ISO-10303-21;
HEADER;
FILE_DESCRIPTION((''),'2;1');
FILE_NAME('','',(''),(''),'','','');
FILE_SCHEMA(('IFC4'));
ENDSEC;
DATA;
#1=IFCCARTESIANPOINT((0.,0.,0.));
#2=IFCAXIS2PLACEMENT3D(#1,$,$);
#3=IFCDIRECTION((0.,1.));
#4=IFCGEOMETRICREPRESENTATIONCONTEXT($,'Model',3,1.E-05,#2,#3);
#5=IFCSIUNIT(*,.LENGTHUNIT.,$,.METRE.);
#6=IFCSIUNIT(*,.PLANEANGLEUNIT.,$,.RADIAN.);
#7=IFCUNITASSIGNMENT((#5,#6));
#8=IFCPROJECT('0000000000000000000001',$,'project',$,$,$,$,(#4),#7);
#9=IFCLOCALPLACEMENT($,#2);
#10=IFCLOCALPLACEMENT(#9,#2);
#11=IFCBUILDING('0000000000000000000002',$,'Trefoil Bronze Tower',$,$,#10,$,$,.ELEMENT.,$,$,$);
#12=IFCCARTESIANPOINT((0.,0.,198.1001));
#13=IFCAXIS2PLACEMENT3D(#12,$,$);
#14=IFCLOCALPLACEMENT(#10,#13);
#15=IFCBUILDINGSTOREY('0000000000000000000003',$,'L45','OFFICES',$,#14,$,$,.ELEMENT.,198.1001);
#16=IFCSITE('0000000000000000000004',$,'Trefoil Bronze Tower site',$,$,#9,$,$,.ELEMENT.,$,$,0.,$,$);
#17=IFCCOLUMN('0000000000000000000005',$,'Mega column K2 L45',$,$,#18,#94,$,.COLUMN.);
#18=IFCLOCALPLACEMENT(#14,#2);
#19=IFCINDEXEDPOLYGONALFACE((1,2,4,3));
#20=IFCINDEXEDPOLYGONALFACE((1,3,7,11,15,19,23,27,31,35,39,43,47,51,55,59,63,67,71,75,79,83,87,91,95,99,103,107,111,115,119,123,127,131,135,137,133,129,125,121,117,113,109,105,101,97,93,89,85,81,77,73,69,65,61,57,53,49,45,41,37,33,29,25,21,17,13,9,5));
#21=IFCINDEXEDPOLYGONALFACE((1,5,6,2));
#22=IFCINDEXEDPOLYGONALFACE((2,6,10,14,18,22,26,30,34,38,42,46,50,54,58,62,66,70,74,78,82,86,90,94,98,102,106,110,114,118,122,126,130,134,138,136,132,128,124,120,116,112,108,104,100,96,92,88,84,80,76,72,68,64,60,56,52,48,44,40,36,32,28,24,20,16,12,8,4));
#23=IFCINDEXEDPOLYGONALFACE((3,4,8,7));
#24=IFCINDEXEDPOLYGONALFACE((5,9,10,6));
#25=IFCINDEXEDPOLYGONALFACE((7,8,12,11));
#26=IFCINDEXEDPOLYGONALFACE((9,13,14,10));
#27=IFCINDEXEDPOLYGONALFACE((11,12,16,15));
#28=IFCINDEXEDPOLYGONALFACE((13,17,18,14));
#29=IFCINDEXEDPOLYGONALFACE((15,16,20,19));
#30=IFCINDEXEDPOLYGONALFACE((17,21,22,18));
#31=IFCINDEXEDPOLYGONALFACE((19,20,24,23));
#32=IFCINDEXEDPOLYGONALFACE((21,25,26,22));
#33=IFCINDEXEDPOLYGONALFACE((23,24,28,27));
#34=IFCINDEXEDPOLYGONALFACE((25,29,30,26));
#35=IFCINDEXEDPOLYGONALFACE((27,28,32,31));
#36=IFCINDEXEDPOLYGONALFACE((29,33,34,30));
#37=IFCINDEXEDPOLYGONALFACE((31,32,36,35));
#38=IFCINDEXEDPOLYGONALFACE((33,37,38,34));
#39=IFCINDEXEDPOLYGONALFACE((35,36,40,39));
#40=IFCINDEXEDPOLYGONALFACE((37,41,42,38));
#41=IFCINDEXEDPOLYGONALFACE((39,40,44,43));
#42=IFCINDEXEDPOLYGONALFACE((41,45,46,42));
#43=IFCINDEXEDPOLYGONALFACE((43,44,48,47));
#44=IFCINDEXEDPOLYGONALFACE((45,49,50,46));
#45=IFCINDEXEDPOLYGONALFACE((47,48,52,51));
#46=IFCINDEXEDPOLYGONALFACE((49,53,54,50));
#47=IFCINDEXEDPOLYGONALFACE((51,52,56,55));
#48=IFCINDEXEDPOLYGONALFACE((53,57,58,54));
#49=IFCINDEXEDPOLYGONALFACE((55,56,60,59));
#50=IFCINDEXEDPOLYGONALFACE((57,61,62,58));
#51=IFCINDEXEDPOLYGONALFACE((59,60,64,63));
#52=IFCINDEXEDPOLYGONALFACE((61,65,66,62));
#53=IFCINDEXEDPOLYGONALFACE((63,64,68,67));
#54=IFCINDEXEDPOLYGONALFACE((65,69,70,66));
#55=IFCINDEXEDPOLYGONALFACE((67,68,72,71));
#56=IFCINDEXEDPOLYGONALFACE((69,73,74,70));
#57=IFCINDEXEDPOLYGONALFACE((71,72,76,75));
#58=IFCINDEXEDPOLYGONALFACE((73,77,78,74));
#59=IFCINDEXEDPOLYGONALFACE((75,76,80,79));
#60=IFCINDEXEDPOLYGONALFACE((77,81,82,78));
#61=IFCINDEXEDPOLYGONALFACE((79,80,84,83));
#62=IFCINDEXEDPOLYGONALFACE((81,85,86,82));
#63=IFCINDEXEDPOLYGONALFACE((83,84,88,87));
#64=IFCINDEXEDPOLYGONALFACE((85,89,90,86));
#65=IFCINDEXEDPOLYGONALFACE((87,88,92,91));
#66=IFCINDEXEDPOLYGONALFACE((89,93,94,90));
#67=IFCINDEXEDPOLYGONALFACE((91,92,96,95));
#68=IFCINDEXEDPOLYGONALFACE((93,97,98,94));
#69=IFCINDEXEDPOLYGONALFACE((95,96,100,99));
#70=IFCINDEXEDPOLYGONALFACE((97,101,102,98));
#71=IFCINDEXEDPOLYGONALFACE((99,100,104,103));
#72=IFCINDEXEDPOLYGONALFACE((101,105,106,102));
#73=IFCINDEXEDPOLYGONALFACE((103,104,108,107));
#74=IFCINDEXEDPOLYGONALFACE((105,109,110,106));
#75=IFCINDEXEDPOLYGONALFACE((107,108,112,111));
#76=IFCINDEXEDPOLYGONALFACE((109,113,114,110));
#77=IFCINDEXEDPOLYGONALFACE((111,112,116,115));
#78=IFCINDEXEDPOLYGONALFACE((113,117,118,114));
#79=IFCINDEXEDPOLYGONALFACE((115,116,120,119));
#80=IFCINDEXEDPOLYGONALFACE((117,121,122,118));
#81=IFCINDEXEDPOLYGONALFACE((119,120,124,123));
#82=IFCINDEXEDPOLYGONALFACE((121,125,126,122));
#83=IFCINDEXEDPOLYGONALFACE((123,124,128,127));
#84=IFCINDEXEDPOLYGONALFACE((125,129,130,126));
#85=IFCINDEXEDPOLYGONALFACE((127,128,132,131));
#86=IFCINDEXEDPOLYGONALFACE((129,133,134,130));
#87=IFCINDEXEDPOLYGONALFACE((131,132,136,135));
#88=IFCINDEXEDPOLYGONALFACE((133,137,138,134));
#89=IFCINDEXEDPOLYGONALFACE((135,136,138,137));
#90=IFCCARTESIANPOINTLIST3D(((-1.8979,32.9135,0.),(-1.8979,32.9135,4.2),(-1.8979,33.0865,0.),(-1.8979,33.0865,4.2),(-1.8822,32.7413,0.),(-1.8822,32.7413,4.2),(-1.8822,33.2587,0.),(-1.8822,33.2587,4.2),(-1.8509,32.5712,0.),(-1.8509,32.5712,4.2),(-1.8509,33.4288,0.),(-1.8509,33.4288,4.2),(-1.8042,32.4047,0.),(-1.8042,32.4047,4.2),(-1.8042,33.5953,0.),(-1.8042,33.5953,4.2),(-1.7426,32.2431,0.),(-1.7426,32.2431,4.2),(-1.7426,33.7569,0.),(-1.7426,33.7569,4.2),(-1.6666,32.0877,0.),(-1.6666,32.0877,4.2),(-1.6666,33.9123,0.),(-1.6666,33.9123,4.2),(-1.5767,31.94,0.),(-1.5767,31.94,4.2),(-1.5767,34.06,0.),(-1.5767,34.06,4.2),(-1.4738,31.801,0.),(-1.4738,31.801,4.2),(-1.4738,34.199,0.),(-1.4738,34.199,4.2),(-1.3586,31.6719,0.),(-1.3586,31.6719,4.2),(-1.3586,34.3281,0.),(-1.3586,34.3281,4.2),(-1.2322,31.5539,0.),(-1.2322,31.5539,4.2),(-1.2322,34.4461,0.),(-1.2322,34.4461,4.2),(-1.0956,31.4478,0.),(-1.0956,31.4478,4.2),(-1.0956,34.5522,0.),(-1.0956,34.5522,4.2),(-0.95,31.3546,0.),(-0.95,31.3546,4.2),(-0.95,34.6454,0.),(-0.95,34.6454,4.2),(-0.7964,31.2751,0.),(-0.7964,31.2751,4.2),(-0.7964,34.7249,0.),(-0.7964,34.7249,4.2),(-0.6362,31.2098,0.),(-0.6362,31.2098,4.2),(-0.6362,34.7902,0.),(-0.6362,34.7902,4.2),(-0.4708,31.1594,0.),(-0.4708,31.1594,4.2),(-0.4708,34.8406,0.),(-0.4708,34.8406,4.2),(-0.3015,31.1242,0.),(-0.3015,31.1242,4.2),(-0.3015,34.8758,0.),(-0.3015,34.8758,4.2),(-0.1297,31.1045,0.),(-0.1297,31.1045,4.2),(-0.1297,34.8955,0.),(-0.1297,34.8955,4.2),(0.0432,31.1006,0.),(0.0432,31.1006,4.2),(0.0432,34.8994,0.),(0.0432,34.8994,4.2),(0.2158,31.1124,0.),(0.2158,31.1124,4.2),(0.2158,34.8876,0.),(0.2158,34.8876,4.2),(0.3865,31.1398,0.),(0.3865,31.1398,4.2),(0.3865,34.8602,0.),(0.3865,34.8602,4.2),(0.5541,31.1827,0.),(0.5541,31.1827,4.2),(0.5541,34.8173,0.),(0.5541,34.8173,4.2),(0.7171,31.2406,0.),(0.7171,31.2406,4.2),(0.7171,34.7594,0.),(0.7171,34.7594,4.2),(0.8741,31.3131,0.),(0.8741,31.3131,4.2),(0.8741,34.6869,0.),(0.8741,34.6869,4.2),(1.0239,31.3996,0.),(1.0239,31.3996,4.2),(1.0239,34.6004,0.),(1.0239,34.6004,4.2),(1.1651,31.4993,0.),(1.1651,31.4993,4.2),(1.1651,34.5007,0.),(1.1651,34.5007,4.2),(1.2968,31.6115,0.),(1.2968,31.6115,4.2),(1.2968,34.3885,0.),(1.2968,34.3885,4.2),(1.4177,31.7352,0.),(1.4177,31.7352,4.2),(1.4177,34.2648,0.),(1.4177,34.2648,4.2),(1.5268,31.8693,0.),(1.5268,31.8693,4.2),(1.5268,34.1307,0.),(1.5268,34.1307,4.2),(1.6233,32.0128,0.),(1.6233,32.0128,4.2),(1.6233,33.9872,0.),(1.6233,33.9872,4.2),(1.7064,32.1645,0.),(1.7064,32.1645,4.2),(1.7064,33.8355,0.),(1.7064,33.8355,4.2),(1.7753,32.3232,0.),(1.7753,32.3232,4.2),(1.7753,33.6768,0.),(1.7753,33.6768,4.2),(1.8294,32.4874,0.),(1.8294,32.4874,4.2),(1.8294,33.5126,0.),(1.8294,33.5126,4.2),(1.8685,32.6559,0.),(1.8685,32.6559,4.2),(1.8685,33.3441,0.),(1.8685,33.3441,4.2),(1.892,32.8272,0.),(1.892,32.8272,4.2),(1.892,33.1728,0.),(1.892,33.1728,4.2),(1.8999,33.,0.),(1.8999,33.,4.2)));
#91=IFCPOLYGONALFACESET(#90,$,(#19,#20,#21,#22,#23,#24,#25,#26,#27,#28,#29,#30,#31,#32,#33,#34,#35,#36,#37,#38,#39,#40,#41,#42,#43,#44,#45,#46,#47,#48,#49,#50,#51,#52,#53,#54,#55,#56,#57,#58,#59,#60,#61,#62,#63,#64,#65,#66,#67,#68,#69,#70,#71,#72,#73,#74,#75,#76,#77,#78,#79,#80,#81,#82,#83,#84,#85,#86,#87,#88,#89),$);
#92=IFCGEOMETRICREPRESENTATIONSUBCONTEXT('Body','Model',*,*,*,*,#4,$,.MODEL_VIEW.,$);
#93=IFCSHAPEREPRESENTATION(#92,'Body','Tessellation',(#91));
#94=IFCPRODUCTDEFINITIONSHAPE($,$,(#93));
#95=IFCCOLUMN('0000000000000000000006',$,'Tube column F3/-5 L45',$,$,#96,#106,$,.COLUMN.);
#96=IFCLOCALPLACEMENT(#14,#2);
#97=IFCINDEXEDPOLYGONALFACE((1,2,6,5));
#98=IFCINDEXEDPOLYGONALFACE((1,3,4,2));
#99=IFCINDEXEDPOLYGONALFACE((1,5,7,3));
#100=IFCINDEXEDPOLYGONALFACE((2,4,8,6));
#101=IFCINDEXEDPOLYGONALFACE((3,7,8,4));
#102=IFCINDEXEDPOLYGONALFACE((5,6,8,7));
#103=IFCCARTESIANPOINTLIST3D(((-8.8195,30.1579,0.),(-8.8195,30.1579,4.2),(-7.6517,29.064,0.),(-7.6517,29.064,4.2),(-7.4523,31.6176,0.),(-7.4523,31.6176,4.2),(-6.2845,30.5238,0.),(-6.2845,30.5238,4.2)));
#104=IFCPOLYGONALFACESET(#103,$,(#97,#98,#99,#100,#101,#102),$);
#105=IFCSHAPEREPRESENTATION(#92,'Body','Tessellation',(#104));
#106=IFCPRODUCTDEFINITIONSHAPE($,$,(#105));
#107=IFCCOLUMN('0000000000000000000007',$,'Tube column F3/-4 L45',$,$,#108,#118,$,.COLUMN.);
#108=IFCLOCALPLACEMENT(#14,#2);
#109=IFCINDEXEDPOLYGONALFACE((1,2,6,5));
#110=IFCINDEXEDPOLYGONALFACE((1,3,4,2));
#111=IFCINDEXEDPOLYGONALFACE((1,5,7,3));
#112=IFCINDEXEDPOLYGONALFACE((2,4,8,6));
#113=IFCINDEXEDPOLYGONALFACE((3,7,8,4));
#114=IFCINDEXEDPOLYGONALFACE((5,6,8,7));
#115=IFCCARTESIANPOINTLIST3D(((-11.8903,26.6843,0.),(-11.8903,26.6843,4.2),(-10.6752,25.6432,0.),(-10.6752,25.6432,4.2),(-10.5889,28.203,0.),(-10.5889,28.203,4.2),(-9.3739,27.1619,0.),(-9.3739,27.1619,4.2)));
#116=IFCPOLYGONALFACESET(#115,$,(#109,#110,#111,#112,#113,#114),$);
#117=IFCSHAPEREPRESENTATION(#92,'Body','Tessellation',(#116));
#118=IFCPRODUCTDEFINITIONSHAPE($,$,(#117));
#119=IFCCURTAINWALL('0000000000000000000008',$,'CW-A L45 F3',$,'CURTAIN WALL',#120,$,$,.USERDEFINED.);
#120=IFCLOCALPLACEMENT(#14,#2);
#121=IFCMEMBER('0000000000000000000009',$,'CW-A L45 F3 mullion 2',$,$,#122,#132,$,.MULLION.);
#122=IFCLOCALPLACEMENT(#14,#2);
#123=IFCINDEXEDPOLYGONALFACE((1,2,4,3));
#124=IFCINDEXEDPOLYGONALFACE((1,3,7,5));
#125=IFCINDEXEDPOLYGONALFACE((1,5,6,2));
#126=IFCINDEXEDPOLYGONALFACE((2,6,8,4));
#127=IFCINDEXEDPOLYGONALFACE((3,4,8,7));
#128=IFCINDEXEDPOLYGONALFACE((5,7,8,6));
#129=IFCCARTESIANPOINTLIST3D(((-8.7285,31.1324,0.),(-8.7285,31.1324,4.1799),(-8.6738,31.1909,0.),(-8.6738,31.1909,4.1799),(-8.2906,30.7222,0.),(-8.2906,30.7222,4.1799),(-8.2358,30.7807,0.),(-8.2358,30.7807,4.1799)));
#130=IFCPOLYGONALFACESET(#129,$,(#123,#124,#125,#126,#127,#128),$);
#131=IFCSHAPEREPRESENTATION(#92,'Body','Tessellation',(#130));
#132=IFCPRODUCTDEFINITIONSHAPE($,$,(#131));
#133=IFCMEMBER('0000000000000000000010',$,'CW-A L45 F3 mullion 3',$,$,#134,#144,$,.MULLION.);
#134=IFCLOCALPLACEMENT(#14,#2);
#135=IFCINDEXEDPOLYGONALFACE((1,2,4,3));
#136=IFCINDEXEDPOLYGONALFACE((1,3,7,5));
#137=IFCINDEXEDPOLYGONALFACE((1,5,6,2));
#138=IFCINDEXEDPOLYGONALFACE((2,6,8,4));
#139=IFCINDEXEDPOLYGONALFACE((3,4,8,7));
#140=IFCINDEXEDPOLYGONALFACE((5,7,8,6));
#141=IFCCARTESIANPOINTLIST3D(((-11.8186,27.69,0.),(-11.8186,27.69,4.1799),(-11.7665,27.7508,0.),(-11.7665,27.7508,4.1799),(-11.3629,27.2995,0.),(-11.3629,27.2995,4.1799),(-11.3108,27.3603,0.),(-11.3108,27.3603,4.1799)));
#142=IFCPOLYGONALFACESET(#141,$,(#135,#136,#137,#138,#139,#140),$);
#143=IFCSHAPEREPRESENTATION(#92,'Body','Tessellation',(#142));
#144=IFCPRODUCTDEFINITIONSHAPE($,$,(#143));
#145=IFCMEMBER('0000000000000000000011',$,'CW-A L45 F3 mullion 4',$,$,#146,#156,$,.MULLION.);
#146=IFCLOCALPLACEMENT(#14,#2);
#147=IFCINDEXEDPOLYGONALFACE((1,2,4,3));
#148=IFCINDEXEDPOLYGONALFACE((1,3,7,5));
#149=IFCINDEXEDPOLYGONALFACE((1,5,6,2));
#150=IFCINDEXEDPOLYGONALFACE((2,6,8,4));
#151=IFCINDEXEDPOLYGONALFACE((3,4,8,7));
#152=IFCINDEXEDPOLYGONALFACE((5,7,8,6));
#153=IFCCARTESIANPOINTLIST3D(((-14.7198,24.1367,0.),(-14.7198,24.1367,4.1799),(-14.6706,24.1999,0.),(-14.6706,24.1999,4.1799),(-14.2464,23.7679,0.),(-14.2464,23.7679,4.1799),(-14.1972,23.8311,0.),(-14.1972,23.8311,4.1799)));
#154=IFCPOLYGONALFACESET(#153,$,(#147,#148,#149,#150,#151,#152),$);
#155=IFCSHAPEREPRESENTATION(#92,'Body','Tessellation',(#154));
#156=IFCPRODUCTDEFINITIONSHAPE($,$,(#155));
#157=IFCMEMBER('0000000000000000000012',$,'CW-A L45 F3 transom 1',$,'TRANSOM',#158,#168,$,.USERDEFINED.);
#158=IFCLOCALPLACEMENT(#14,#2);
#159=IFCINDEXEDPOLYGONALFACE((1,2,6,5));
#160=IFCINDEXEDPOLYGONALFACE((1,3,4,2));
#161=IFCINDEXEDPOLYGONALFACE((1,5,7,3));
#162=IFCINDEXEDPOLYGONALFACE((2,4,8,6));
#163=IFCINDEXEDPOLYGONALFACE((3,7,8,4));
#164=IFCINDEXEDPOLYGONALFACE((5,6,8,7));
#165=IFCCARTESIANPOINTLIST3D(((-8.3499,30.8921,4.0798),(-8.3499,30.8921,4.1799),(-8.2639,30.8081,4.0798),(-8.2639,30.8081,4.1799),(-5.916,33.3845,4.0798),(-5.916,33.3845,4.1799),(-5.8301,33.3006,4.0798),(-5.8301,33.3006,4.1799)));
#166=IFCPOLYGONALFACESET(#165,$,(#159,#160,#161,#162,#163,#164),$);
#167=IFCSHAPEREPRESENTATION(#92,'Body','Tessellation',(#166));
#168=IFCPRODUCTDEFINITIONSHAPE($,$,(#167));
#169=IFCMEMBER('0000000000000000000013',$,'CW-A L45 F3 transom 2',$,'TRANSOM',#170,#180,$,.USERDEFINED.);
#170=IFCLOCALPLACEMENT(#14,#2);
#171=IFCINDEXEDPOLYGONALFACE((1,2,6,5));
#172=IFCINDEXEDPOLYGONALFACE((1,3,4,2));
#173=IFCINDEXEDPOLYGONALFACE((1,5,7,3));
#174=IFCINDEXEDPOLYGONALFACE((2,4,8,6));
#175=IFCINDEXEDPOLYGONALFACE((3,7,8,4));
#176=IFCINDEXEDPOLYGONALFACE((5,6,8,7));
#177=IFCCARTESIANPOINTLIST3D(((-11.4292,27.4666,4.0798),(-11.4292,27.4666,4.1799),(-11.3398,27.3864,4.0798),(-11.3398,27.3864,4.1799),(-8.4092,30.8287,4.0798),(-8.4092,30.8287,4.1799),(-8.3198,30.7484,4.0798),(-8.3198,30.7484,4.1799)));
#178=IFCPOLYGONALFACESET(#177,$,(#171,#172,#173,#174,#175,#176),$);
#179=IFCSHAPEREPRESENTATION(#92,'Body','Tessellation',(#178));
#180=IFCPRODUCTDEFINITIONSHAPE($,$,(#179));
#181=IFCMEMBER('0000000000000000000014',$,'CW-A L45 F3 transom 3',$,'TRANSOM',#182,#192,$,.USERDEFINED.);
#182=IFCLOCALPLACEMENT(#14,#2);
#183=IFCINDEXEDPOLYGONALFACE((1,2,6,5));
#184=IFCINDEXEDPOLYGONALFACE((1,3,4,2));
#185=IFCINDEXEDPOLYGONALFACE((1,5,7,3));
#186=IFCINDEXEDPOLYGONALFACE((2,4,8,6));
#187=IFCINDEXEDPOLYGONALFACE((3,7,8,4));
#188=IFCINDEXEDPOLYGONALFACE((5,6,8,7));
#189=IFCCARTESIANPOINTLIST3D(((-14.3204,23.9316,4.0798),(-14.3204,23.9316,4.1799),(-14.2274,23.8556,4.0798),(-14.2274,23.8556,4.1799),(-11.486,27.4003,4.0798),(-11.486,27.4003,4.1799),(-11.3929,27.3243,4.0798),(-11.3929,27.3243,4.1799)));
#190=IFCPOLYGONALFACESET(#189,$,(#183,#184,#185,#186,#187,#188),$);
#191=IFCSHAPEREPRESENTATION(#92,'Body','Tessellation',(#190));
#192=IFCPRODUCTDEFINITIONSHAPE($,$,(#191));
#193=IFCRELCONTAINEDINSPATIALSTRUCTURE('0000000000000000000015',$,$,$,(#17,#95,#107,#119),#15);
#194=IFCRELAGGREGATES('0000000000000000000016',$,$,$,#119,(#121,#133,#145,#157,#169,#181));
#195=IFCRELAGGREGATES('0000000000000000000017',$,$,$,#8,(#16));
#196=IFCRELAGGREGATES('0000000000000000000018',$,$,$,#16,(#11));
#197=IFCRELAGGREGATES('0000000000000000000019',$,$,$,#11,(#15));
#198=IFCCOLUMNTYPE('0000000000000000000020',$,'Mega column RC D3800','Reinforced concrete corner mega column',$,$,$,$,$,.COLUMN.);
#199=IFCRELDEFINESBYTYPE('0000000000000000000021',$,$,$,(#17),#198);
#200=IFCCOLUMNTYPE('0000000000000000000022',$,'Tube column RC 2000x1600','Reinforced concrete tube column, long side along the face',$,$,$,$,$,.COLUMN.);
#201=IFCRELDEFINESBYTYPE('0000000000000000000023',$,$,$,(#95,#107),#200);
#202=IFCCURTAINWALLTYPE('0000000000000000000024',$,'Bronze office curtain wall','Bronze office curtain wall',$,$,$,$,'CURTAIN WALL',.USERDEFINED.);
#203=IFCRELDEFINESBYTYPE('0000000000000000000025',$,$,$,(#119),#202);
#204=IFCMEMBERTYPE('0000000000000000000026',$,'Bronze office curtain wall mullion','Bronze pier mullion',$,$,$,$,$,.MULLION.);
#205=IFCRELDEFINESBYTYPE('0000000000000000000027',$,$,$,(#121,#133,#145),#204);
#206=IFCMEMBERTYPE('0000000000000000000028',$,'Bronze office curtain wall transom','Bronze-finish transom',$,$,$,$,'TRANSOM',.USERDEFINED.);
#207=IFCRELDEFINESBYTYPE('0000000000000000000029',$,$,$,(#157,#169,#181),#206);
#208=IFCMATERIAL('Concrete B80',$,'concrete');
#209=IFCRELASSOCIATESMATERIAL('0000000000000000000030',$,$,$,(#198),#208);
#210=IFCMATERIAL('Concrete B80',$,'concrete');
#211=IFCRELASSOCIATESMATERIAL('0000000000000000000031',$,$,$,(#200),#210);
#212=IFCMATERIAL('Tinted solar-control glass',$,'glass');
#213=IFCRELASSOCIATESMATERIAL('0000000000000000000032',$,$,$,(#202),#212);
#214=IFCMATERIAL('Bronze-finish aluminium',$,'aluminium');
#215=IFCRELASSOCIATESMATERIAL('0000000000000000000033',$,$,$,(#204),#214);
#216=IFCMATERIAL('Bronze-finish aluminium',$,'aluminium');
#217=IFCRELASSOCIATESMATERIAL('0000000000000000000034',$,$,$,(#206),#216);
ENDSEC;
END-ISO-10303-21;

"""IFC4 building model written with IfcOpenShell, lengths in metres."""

from ifc_helpers import new_model, si_unit, direction, frame, origin, origin_2d, place, context, subcontext, project, spatial, rectangle, circle, extrude, material, material_profile, profile_set, type_object, element, aggregate, save


model = new_model("IFC4")

# Units and contexts
model_context = context("Model", 3, precision=1e-05, world=origin(), true_north=direction((0.0, 1.0)))
body_context = subcontext(model_context, "Body", "Model", "MODEL_VIEW")
ifc_project = project(units=[si_unit("LENGTHUNIT", "METRE"), si_unit("PLANEANGLEUNIT", "RADIAN")], contexts=[model_context])

# Site, building, storey
site_placement = place(None, origin())
site = spatial("IfcSite", under=ifc_project, at=site_placement, Name="Trefoil Bronze Tower site", CompositionType="ELEMENT", RefElevation=0.0)
building_placement = place(site_placement, origin())
building = spatial("IfcBuilding", under=site, at=building_placement, Name="Trefoil Bronze Tower", CompositionType="ELEMENT")
storey_placement = place(building_placement, frame((0.0, 0.0, 198.1001)))
storey = spatial("IfcBuildingStorey", under=building, at=storey_placement, Name="L45", Description="OFFICES", CompositionType="ELEMENT", Elevation=198.1001)

# Columns
ifc_material_1 = material(Name="Concrete B80", Category="concrete")
ifc_material_profile_1 = material_profile(ifc_material_1, circle(Radius=1.8999, at=origin_2d()), Name="RC D3800")
ifc_profile_set_1 = profile_set([ifc_material_profile_1], Name="Concrete B80")
column_type_1 = type_object("IfcColumnType", Name="Mega column RC D3800", Description="Reinforced concrete corner mega column", PredefinedType="COLUMN", material=ifc_profile_set_1)
column_placement = place(storey_placement, frame((0.0, 33.0, 0.0), z_axis=(0.0, 0.0, 1.0), x_axis=(1.0, 0.0, 0.0)))
element("IfcColumn", 1, at=column_placement, inside=storey, type_object=column_type_1, Name="Mega column K2 L45", PredefinedType="COLUMN", context=body_context, shape_type="SweptSolid", body=[
    extrude(circle(Radius=1.8999, at=origin_2d()), origin(), (0.0, 0.0, 1.0), 4.2),
])
ifc_material_2 = material(Name="Concrete B80", Category="concrete")
ifc_material_profile_2 = material_profile(ifc_material_2, rectangle(XDim=2.0, YDim=1.6001, at=origin_2d()), Name="RC 2000x1600")
ifc_profile_set_2 = profile_set([ifc_material_profile_2], Name="Concrete B80")
column_type_2 = type_object("IfcColumnType", Name="Tube column RC 2000x1600", Description="Reinforced concrete tube column, long side along the face", PredefinedType="COLUMN", material=ifc_profile_set_2)
for number, where, z_axis, x_axis, name in (
    (2, (-7.552, 30.3408, 0.0), (0.0, 0.0, 1.0), (-0.683597, -0.72986, 0.0), "Tube column F3/-5 L45"),
    (3, (-10.6321, 26.9231, 0.0), (0.0, 0.0, 1.0), (-0.650677, -0.759355, 0.0), "Tube column F3/-4 L45"),
):
    element("IfcColumn", number, at=place(storey_placement, frame(where, z_axis=z_axis, x_axis=x_axis)), inside=storey, type_object=column_type_2, Name=name, PredefinedType="COLUMN", context=body_context, shape_type="SweptSolid", body=[
        extrude(rectangle(XDim=2.0, YDim=1.6001, at=origin_2d()), origin(), (0.0, 0.0, 1.0), 4.2),
    ])

# Curtain wall, members
ifc_material_3 = material(Name="Tinted solar-control glass", Category="glass")
curtain_wall_type_1 = type_object("IfcCurtainWallType", Name="Bronze office curtain wall", Description="Bronze office curtain wall", ElementType="CURTAIN WALL", PredefinedType="USERDEFINED", material=ifc_material_3)
curtain_wall_1_placement = place(storey_placement, origin())
curtain_wall_1 = element("IfcCurtainWall", 4, at=curtain_wall_1_placement, inside=storey, type_object=curtain_wall_type_1, Name="CW-A L45 F3", ObjectType="CURTAIN WALL", PredefinedType="USERDEFINED")
ifc_material_4 = material(Name="Bronze-finish aluminium", Category="aluminium")
ifc_material_profile_3 = material_profile(ifc_material_4, rectangle(XDim=0.6001, YDim=0.0801, at=origin_2d()), Name="CW-A mullion")
ifc_profile_set_3 = profile_set([ifc_material_profile_3], Name="Bronze-finish aluminium")
member_type_1 = type_object("IfcMemberType", Name="Bronze office curtain wall mullion", Description="Bronze pier mullion", PredefinedType="MULLION", material=ifc_profile_set_3)
member_1_placement = place(storey_placement, frame((-8.4822, 30.9565, 0.0), z_axis=(0.0, 0.0, 1.0), x_axis=(0.72986, -0.683597, 0.0)))
member_1 = element("IfcMember", 5, at=member_1_placement, type_object=member_type_1, Name="CW-A L45 F3 mullion 2", PredefinedType="MULLION", context=body_context, shape_type="SweptSolid", body=[
    extrude(rectangle(XDim=0.6001, YDim=0.0801, at=origin_2d()), origin(), (0.0, 0.0, 1.0), 4.1799),
])
member_2_placement = place(storey_placement, frame((-11.5647, 27.5251, 0.0), z_axis=(0.0, 0.0, 1.0), x_axis=(0.759355, -0.650677, 0.0)))
member_2 = element("IfcMember", 6, at=member_2_placement, type_object=member_type_1, Name="CW-A L45 F3 mullion 3", PredefinedType="MULLION", context=body_context, shape_type="SweptSolid", body=[
    extrude(rectangle(XDim=0.6001, YDim=0.0801, at=origin_2d()), origin(), (0.0, 0.0, 1.0), 4.1799),
])
member_3_placement = place(storey_placement, frame((-14.4585, 23.9839, 0.0), z_axis=(0.0, 0.0, 1.0), x_axis=(0.788821, -0.614622, 0.0)))
member_3 = element("IfcMember", 7, at=member_3_placement, type_object=member_type_1, Name="CW-A L45 F3 mullion 4", PredefinedType="MULLION", context=body_context, shape_type="SweptSolid", body=[
    extrude(rectangle(XDim=0.6001, YDim=0.0801, at=origin_2d()), origin(), (0.0, 0.0, 1.0), 4.1799),
])
ifc_material_5 = material(Name="Bronze-finish aluminium", Category="aluminium")
ifc_material_profile_4 = material_profile(ifc_material_5, rectangle(XDim=0.1201, YDim=0.1001, at=origin_2d()), Name="CW-A transom")
ifc_profile_set_4 = profile_set([ifc_material_profile_4], Name="Bronze-finish aluminium")
member_type_2 = type_object("IfcMemberType", Name="Bronze office curtain wall transom", Description="Bronze-finish transom", ElementType="TRANSOM", PredefinedType="USERDEFINED", material=ifc_profile_set_4)
member_4_placement = place(storey_placement, frame((-5.873, 33.3425, 4.1299), z_axis=(-0.698647, -0.715467, 0.0), x_axis=(0.715467, -0.698647, 0.0)))
member_4 = element("IfcMember", 8, at=member_4_placement, type_object=member_type_2, Name="CW-A L45 F3 transom 1", ObjectType="TRANSOM", PredefinedType="USERDEFINED", context=body_context, shape_type="SweptSolid", body=[
    extrude(rectangle(XDim=0.1201, YDim=0.1001, at=origin_2d()), origin(), (0.0, 0.0, 1.0), 3.4836),
])
member_5_placement = place(storey_placement, frame((-8.3645, 30.7886, 4.1299), z_axis=(-0.668251, -0.743936, 0.0), x_axis=(0.743936, -0.668251, 0.0)))
member_5 = element("IfcMember", 9, at=member_5_placement, type_object=member_type_2, Name="CW-A L45 F3 transom 2", ObjectType="TRANSOM", PredefinedType="USERDEFINED", context=body_context, shape_type="SweptSolid", body=[
    extrude(rectangle(XDim=0.1201, YDim=0.1001, at=origin_2d()), origin(), (0.0, 0.0, 1.0), 4.5193),
])
member_6_placement = place(storey_placement, frame((-11.4395, 27.3623, 4.1299), z_axis=(-0.632757, -0.774351, 0.0), x_axis=(0.774351, -0.632757, 0.0)))
member_6 = element("IfcMember", 10, at=member_6_placement, type_object=member_type_2, Name="CW-A L45 F3 transom 3", ObjectType="TRANSOM", PredefinedType="USERDEFINED", context=body_context, shape_type="SweptSolid", body=[
    extrude(rectangle(XDim=0.1201, YDim=0.1001, at=origin_2d()), origin(), (0.0, 0.0, 1.0), 4.4795),
])

aggregate(curtain_wall_1, [member_1, member_2, member_3, member_4, member_5, member_6])

save(model, "model.ifc")
